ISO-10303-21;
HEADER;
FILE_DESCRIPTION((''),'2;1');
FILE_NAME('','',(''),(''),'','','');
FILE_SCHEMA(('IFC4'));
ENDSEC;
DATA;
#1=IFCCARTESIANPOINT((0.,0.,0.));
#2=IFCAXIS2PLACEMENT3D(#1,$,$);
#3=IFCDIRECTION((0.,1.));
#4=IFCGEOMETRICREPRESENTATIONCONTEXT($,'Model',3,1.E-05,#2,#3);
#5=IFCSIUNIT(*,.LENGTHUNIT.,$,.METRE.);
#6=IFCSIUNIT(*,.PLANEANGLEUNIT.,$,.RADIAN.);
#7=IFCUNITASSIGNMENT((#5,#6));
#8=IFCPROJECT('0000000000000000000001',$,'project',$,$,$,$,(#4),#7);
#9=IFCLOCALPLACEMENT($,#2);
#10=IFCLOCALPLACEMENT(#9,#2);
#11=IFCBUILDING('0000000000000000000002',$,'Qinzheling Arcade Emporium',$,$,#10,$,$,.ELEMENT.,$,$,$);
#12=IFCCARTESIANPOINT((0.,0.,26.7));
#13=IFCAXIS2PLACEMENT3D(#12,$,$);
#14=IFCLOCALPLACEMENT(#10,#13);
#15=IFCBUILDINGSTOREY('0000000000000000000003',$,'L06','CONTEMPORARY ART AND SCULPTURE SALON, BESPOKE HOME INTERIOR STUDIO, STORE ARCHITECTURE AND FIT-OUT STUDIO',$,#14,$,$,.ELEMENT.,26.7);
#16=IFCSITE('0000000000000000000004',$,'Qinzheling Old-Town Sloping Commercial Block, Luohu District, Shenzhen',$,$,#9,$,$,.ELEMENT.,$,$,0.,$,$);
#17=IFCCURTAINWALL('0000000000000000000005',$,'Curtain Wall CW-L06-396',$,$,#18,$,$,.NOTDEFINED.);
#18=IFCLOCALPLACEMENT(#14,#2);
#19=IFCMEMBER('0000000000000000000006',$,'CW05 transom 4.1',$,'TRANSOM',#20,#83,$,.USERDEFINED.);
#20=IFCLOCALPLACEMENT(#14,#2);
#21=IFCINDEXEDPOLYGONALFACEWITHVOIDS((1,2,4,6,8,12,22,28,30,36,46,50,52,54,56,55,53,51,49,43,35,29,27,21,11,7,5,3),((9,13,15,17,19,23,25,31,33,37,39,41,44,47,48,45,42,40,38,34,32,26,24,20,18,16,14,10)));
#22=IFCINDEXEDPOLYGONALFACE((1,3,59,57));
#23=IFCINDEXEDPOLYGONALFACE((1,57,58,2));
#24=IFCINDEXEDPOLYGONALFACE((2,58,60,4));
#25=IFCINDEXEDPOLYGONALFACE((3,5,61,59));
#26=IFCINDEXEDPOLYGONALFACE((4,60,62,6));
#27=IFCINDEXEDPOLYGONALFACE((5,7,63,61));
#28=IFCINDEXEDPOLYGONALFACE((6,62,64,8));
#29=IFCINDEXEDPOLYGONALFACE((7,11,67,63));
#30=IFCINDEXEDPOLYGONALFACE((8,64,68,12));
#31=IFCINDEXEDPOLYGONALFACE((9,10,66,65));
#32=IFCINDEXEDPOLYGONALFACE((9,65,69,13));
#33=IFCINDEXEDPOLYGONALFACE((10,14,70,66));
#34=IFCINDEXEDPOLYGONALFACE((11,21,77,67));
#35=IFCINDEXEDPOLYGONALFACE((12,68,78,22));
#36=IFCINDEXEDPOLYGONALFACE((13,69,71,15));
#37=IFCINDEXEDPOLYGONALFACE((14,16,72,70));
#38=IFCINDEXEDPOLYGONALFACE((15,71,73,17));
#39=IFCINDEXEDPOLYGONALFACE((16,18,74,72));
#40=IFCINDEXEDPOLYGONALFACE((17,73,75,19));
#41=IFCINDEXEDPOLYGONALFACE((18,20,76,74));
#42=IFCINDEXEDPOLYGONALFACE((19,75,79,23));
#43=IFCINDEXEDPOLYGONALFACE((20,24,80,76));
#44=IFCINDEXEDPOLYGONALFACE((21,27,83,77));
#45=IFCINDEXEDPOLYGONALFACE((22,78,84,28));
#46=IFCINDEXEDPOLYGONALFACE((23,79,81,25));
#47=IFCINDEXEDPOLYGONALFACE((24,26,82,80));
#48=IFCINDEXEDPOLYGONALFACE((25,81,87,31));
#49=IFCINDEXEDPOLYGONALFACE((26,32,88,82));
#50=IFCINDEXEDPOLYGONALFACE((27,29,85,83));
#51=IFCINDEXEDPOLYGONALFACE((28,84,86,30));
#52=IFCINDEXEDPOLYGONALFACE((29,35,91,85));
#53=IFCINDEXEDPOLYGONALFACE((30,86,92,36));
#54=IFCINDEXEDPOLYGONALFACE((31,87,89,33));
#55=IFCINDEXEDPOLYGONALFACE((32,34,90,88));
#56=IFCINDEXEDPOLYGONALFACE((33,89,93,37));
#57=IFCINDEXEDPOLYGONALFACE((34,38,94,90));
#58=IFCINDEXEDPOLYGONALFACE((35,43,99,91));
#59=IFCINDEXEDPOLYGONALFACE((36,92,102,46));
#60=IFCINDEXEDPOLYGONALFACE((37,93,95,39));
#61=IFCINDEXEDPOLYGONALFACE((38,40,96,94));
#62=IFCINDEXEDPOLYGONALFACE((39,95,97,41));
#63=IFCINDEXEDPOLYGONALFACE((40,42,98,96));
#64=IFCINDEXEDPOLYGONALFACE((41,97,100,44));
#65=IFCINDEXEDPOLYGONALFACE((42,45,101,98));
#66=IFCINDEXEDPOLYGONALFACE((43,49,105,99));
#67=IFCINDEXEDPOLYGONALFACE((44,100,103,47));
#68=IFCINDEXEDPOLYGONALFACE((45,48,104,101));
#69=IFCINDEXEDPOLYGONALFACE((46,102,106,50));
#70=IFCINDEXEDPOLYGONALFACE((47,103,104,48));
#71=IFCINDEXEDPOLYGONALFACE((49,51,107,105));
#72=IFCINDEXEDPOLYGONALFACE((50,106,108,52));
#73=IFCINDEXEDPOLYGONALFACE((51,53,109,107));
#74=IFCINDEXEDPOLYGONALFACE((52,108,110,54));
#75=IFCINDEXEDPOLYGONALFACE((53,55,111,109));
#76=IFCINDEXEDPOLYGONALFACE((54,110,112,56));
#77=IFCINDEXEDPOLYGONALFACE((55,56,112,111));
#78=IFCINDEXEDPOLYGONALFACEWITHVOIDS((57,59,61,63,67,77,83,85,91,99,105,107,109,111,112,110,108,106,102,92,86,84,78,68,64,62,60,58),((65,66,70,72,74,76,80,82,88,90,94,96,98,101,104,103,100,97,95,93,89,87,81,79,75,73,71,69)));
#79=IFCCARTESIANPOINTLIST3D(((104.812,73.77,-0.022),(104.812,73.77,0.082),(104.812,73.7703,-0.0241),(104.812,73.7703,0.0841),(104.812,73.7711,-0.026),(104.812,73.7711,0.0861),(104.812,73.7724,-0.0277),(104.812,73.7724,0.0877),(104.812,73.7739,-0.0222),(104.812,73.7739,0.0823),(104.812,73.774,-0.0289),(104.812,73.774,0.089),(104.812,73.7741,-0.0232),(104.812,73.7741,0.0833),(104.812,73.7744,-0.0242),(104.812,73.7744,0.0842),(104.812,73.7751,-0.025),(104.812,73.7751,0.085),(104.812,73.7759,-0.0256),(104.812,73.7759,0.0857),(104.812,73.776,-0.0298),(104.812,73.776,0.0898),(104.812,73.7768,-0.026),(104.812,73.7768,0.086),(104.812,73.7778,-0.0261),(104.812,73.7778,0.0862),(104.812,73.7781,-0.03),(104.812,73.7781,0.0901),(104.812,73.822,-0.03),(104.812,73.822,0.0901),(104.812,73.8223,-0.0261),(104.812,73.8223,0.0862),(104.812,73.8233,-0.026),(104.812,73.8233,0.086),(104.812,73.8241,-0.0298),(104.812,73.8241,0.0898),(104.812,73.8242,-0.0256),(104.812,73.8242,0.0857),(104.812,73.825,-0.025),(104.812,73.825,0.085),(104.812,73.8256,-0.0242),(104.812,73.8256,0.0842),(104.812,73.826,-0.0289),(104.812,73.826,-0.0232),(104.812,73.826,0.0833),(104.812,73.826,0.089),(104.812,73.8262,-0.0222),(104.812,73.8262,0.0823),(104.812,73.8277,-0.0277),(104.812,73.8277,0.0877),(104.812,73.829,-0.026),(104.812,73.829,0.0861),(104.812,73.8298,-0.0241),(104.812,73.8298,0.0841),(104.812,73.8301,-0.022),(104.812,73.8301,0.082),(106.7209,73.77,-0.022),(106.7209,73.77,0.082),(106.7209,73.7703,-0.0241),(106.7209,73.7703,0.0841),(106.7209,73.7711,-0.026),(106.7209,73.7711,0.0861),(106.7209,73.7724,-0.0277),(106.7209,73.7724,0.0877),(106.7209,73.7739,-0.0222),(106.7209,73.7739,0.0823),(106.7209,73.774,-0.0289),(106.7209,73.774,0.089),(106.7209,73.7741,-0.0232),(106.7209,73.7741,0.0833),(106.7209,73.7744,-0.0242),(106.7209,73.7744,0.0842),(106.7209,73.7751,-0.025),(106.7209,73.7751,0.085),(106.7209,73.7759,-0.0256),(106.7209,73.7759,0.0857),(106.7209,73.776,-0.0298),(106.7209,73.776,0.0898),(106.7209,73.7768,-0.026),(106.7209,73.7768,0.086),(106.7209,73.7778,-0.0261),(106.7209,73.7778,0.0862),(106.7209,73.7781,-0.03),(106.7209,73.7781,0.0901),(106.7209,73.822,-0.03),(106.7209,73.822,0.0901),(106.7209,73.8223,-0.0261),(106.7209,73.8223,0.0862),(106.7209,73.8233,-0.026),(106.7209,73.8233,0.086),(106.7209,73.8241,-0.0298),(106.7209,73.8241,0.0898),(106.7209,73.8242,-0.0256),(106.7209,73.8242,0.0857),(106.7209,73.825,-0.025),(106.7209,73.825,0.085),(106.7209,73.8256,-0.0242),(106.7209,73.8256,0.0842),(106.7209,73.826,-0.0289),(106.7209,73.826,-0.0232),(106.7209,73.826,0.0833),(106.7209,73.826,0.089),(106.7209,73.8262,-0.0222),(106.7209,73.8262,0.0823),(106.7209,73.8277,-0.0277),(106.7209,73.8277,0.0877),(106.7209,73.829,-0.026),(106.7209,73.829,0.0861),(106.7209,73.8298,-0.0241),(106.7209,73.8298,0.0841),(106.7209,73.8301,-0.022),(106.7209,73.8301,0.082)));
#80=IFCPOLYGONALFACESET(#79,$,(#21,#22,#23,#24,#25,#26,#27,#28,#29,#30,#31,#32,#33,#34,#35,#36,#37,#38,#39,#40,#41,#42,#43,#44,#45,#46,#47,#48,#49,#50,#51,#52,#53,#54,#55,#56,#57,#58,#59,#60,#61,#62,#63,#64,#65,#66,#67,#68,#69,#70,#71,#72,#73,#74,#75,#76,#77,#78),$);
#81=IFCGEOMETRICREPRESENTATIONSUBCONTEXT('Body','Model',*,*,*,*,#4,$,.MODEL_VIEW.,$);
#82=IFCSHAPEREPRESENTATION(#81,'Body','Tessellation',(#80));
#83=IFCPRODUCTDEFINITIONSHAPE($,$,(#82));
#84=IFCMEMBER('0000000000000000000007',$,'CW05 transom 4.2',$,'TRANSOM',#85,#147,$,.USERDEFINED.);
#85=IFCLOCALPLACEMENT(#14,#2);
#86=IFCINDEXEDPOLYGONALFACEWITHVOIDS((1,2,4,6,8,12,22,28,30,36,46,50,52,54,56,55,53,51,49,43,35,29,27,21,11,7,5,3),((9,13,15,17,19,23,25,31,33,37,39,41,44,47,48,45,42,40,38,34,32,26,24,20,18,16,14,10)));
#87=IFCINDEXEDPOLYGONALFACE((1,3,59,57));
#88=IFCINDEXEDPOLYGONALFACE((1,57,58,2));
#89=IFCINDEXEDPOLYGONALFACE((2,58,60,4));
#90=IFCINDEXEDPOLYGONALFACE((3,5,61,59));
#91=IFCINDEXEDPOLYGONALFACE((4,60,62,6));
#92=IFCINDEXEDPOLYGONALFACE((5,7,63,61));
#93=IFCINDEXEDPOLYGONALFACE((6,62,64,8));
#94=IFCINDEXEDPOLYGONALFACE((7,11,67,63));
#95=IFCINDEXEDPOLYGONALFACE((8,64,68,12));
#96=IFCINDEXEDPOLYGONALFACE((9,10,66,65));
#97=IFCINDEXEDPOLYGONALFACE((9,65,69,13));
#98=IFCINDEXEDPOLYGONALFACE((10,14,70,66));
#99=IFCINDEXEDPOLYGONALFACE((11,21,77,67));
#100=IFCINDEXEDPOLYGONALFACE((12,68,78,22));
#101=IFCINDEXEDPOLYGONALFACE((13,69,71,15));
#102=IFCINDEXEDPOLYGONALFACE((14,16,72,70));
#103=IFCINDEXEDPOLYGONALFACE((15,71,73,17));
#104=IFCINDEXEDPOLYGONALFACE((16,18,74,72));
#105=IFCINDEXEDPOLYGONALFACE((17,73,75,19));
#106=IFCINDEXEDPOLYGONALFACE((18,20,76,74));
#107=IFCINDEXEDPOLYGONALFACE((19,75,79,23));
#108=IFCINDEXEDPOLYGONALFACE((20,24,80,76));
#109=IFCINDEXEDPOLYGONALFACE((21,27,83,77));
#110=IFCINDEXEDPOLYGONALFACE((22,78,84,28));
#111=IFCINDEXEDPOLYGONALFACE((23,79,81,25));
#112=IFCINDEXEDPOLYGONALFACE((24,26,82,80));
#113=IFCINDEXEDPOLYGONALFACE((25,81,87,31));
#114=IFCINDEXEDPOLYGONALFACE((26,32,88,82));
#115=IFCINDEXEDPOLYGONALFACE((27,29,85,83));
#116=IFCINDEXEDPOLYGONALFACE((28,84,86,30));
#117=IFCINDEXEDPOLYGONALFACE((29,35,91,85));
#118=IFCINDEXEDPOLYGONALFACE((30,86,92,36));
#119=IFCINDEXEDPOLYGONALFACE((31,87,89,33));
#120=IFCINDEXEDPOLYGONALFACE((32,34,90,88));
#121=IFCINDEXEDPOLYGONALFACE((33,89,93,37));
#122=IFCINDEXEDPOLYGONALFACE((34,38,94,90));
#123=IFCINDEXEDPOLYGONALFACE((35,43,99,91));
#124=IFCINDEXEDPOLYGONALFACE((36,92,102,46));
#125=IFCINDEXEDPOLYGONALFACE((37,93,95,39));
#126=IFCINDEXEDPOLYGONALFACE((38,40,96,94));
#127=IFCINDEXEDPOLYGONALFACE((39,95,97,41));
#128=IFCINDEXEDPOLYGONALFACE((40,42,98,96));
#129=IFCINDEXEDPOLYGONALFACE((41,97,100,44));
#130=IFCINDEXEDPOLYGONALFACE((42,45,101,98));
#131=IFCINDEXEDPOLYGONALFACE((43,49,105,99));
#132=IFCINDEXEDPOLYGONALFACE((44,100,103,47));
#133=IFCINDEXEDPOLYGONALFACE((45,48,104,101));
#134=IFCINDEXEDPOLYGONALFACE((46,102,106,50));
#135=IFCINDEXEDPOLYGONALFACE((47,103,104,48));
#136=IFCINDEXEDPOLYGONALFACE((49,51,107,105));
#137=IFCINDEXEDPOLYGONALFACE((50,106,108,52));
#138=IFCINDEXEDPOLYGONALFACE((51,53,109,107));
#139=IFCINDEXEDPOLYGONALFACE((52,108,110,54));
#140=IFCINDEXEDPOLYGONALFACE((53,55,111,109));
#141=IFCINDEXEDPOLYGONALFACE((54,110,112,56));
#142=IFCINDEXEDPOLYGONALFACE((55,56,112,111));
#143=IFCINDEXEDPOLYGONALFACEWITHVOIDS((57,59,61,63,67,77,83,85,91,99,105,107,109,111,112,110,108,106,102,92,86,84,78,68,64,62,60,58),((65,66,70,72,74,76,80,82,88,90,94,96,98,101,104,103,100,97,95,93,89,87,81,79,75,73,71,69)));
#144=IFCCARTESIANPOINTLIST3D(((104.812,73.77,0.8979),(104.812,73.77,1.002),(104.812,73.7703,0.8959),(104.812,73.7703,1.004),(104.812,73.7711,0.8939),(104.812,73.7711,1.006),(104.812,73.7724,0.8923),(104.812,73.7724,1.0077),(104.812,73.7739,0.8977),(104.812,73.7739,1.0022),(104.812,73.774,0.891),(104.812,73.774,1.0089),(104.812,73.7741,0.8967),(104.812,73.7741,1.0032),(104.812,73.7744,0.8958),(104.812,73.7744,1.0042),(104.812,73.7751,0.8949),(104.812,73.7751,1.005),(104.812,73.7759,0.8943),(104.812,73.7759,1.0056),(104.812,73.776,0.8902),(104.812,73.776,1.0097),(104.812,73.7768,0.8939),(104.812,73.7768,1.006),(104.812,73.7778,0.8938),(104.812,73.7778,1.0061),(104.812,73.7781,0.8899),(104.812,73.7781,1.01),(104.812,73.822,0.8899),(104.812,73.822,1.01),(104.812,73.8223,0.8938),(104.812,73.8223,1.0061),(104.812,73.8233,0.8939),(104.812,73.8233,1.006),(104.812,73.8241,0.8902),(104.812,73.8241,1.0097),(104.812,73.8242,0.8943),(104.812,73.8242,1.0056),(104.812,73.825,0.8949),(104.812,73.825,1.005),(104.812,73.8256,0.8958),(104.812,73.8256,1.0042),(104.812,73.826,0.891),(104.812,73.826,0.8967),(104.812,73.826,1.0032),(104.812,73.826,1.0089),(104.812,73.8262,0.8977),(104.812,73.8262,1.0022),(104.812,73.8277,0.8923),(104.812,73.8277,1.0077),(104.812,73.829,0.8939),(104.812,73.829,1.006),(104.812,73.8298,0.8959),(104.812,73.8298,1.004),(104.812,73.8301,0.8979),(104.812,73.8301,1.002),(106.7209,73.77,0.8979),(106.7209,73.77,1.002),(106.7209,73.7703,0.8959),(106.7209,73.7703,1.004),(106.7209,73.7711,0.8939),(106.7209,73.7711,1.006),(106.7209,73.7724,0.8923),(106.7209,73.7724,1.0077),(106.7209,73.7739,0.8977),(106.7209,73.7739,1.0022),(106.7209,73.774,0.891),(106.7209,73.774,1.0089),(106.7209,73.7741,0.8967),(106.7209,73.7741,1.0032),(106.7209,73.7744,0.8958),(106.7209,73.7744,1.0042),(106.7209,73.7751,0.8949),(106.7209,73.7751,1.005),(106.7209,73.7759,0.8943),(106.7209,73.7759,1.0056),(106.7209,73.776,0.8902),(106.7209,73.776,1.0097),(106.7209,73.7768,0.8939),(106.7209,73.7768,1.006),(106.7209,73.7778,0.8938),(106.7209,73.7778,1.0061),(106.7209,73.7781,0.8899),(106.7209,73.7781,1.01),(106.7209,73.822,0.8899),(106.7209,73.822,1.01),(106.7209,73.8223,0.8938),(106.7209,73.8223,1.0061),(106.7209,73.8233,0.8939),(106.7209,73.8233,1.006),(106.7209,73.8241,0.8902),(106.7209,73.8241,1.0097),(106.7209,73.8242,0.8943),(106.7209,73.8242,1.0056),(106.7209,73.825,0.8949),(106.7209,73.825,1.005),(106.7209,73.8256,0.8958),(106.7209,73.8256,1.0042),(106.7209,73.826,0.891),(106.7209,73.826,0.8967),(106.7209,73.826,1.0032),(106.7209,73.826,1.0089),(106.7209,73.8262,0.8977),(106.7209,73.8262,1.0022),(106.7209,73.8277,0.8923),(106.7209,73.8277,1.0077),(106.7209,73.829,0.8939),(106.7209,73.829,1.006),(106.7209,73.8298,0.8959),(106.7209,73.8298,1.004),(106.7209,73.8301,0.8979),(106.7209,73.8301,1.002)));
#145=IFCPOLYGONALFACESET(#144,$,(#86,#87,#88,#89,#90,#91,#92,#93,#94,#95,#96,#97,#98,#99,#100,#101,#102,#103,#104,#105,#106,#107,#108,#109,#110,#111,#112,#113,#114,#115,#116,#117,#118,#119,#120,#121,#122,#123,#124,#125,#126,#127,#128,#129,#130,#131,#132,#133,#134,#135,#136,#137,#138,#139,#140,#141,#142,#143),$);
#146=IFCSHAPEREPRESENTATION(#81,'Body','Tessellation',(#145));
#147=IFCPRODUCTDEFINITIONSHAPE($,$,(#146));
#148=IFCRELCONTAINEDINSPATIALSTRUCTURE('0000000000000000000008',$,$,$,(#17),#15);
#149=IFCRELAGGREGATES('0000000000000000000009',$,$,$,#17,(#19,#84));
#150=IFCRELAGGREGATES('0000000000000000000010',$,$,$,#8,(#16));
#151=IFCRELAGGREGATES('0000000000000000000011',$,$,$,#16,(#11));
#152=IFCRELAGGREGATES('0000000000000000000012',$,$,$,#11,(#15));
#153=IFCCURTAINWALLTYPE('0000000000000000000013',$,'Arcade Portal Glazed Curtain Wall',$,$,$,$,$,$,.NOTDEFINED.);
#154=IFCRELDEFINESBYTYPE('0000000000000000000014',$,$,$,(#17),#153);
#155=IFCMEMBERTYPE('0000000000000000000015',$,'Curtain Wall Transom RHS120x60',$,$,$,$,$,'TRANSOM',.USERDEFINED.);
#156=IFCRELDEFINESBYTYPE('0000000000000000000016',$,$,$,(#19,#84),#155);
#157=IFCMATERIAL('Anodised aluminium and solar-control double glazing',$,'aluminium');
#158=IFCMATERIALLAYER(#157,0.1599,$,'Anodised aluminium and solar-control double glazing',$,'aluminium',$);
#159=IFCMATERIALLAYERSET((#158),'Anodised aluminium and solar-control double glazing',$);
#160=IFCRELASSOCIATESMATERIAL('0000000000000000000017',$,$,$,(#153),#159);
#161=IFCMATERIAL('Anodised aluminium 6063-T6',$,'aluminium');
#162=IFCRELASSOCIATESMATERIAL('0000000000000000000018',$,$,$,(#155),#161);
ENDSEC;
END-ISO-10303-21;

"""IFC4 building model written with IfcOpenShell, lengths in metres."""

from ifc_helpers import new_model, si_unit, direction, frame, origin, origin_2d, place, context, subcontext, project, spatial, hollow_rectangle, extrude, material, layer, layer_set, material_profile, profile_set, type_object, element, aggregate, save


model = new_model("IFC4")

# Units and contexts
model_context = context("Model", 3, precision=1e-05, world=origin(), true_north=direction((0.0, 1.0)))
body_context = subcontext(model_context, "Body", "Model", "MODEL_VIEW")
ifc_project = project(units=[si_unit("LENGTHUNIT", "METRE"), si_unit("PLANEANGLEUNIT", "RADIAN")], contexts=[model_context])

# Site, building, storey
site_placement = place(None, origin())
site = spatial("IfcSite", under=ifc_project, at=site_placement, Name="Qinzheling Old-Town Sloping Commercial Block, Luohu District, Shenzhen", CompositionType="ELEMENT", RefElevation=0.0)
building_placement = place(site_placement, origin())
building = spatial("IfcBuilding", under=site, at=building_placement, Name="Qinzheling Arcade Emporium", CompositionType="ELEMENT")
storey_placement = place(building_placement, frame((0.0, 0.0, 26.7)))
storey = spatial("IfcBuildingStorey", under=building, at=storey_placement, Name="L06", Description="CONTEMPORARY ART AND SCULPTURE SALON, BESPOKE HOME INTERIOR STUDIO, STORE ARCHITECTURE AND FIT-OUT STUDIO", CompositionType="ELEMENT", Elevation=26.7)

# Curtain wall, members
ifc_material_1 = material(Name="Anodised aluminium and solar-control double glazing", Category="aluminium")
ifc_layer_1 = layer(ifc_material_1, 0.1599, Name="Anodised aluminium and solar-control double glazing", Category="aluminium")
ifc_layer_set_1 = layer_set([ifc_layer_1], Name="Anodised aluminium and solar-control double glazing")
curtain_wall_type = type_object("IfcCurtainWallType", Name="Arcade Portal Glazed Curtain Wall", PredefinedType="NOTDEFINED", material=ifc_layer_set_1)
curtain_wall_placement = place(storey_placement, origin())
curtain_wall = element("IfcCurtainWall", 1, at=curtain_wall_placement, inside=storey, type_object=curtain_wall_type, Name="Curtain Wall CW-L06-396", PredefinedType="NOTDEFINED")
ifc_material_2 = material(Name="Anodised aluminium 6063-T6", Category="aluminium")
ifc_material_profile_1 = material_profile(ifc_material_2, hollow_rectangle(XDim=0.0601, YDim=0.1201, WallThickness=0.0039, InnerFilletRadius=0.0039, OuterFilletRadius=0.0081, at=origin_2d()), Name="RHS 120x60x4", Category="aluminium")
ifc_profile_set_1 = profile_set([ifc_material_profile_1], Name="Anodised aluminium 6063-T6")
member_type_1 = type_object("IfcMemberType", Name="Curtain Wall Transom RHS120x60", ElementType="TRANSOM", PredefinedType="USERDEFINED", material=ifc_profile_set_1)
member_1_placement = place(storey_placement, frame((106.7209, 73.8, 0.03), z_axis=(-1.0, 0.0, 0.0), x_axis=(0.0, -1.0, 0.0)))
member_1 = element("IfcMember", 2, at=member_1_placement, type_object=member_type_1, Name="CW05 transom 4.1", ObjectType="TRANSOM", PredefinedType="USERDEFINED", context=body_context, shape_type="SweptSolid", body=[
    extrude(hollow_rectangle(XDim=0.0601, YDim=0.1201, WallThickness=0.0039, InnerFilletRadius=0.0039, OuterFilletRadius=0.0081, at=origin_2d()), origin(), (0.0, 0.0, 1.0), 1.9089),
])
member_2_placement = place(storey_placement, frame((106.7209, 73.8, 0.95), z_axis=(-1.0, 0.0, 0.0), x_axis=(0.0, -1.0, 0.0)))
member_2 = element("IfcMember", 3, at=member_2_placement, type_object=member_type_1, Name="CW05 transom 4.2", ObjectType="TRANSOM", PredefinedType="USERDEFINED", context=body_context, shape_type="SweptSolid", body=[
    extrude(hollow_rectangle(XDim=0.0601, YDim=0.1201, WallThickness=0.0039, InnerFilletRadius=0.0039, OuterFilletRadius=0.0081, at=origin_2d()), origin(), (0.0, 0.0, 1.0), 1.9089),
])
aggregate(curtain_wall, [member_1, member_2])

save(model, "model.ifc")
